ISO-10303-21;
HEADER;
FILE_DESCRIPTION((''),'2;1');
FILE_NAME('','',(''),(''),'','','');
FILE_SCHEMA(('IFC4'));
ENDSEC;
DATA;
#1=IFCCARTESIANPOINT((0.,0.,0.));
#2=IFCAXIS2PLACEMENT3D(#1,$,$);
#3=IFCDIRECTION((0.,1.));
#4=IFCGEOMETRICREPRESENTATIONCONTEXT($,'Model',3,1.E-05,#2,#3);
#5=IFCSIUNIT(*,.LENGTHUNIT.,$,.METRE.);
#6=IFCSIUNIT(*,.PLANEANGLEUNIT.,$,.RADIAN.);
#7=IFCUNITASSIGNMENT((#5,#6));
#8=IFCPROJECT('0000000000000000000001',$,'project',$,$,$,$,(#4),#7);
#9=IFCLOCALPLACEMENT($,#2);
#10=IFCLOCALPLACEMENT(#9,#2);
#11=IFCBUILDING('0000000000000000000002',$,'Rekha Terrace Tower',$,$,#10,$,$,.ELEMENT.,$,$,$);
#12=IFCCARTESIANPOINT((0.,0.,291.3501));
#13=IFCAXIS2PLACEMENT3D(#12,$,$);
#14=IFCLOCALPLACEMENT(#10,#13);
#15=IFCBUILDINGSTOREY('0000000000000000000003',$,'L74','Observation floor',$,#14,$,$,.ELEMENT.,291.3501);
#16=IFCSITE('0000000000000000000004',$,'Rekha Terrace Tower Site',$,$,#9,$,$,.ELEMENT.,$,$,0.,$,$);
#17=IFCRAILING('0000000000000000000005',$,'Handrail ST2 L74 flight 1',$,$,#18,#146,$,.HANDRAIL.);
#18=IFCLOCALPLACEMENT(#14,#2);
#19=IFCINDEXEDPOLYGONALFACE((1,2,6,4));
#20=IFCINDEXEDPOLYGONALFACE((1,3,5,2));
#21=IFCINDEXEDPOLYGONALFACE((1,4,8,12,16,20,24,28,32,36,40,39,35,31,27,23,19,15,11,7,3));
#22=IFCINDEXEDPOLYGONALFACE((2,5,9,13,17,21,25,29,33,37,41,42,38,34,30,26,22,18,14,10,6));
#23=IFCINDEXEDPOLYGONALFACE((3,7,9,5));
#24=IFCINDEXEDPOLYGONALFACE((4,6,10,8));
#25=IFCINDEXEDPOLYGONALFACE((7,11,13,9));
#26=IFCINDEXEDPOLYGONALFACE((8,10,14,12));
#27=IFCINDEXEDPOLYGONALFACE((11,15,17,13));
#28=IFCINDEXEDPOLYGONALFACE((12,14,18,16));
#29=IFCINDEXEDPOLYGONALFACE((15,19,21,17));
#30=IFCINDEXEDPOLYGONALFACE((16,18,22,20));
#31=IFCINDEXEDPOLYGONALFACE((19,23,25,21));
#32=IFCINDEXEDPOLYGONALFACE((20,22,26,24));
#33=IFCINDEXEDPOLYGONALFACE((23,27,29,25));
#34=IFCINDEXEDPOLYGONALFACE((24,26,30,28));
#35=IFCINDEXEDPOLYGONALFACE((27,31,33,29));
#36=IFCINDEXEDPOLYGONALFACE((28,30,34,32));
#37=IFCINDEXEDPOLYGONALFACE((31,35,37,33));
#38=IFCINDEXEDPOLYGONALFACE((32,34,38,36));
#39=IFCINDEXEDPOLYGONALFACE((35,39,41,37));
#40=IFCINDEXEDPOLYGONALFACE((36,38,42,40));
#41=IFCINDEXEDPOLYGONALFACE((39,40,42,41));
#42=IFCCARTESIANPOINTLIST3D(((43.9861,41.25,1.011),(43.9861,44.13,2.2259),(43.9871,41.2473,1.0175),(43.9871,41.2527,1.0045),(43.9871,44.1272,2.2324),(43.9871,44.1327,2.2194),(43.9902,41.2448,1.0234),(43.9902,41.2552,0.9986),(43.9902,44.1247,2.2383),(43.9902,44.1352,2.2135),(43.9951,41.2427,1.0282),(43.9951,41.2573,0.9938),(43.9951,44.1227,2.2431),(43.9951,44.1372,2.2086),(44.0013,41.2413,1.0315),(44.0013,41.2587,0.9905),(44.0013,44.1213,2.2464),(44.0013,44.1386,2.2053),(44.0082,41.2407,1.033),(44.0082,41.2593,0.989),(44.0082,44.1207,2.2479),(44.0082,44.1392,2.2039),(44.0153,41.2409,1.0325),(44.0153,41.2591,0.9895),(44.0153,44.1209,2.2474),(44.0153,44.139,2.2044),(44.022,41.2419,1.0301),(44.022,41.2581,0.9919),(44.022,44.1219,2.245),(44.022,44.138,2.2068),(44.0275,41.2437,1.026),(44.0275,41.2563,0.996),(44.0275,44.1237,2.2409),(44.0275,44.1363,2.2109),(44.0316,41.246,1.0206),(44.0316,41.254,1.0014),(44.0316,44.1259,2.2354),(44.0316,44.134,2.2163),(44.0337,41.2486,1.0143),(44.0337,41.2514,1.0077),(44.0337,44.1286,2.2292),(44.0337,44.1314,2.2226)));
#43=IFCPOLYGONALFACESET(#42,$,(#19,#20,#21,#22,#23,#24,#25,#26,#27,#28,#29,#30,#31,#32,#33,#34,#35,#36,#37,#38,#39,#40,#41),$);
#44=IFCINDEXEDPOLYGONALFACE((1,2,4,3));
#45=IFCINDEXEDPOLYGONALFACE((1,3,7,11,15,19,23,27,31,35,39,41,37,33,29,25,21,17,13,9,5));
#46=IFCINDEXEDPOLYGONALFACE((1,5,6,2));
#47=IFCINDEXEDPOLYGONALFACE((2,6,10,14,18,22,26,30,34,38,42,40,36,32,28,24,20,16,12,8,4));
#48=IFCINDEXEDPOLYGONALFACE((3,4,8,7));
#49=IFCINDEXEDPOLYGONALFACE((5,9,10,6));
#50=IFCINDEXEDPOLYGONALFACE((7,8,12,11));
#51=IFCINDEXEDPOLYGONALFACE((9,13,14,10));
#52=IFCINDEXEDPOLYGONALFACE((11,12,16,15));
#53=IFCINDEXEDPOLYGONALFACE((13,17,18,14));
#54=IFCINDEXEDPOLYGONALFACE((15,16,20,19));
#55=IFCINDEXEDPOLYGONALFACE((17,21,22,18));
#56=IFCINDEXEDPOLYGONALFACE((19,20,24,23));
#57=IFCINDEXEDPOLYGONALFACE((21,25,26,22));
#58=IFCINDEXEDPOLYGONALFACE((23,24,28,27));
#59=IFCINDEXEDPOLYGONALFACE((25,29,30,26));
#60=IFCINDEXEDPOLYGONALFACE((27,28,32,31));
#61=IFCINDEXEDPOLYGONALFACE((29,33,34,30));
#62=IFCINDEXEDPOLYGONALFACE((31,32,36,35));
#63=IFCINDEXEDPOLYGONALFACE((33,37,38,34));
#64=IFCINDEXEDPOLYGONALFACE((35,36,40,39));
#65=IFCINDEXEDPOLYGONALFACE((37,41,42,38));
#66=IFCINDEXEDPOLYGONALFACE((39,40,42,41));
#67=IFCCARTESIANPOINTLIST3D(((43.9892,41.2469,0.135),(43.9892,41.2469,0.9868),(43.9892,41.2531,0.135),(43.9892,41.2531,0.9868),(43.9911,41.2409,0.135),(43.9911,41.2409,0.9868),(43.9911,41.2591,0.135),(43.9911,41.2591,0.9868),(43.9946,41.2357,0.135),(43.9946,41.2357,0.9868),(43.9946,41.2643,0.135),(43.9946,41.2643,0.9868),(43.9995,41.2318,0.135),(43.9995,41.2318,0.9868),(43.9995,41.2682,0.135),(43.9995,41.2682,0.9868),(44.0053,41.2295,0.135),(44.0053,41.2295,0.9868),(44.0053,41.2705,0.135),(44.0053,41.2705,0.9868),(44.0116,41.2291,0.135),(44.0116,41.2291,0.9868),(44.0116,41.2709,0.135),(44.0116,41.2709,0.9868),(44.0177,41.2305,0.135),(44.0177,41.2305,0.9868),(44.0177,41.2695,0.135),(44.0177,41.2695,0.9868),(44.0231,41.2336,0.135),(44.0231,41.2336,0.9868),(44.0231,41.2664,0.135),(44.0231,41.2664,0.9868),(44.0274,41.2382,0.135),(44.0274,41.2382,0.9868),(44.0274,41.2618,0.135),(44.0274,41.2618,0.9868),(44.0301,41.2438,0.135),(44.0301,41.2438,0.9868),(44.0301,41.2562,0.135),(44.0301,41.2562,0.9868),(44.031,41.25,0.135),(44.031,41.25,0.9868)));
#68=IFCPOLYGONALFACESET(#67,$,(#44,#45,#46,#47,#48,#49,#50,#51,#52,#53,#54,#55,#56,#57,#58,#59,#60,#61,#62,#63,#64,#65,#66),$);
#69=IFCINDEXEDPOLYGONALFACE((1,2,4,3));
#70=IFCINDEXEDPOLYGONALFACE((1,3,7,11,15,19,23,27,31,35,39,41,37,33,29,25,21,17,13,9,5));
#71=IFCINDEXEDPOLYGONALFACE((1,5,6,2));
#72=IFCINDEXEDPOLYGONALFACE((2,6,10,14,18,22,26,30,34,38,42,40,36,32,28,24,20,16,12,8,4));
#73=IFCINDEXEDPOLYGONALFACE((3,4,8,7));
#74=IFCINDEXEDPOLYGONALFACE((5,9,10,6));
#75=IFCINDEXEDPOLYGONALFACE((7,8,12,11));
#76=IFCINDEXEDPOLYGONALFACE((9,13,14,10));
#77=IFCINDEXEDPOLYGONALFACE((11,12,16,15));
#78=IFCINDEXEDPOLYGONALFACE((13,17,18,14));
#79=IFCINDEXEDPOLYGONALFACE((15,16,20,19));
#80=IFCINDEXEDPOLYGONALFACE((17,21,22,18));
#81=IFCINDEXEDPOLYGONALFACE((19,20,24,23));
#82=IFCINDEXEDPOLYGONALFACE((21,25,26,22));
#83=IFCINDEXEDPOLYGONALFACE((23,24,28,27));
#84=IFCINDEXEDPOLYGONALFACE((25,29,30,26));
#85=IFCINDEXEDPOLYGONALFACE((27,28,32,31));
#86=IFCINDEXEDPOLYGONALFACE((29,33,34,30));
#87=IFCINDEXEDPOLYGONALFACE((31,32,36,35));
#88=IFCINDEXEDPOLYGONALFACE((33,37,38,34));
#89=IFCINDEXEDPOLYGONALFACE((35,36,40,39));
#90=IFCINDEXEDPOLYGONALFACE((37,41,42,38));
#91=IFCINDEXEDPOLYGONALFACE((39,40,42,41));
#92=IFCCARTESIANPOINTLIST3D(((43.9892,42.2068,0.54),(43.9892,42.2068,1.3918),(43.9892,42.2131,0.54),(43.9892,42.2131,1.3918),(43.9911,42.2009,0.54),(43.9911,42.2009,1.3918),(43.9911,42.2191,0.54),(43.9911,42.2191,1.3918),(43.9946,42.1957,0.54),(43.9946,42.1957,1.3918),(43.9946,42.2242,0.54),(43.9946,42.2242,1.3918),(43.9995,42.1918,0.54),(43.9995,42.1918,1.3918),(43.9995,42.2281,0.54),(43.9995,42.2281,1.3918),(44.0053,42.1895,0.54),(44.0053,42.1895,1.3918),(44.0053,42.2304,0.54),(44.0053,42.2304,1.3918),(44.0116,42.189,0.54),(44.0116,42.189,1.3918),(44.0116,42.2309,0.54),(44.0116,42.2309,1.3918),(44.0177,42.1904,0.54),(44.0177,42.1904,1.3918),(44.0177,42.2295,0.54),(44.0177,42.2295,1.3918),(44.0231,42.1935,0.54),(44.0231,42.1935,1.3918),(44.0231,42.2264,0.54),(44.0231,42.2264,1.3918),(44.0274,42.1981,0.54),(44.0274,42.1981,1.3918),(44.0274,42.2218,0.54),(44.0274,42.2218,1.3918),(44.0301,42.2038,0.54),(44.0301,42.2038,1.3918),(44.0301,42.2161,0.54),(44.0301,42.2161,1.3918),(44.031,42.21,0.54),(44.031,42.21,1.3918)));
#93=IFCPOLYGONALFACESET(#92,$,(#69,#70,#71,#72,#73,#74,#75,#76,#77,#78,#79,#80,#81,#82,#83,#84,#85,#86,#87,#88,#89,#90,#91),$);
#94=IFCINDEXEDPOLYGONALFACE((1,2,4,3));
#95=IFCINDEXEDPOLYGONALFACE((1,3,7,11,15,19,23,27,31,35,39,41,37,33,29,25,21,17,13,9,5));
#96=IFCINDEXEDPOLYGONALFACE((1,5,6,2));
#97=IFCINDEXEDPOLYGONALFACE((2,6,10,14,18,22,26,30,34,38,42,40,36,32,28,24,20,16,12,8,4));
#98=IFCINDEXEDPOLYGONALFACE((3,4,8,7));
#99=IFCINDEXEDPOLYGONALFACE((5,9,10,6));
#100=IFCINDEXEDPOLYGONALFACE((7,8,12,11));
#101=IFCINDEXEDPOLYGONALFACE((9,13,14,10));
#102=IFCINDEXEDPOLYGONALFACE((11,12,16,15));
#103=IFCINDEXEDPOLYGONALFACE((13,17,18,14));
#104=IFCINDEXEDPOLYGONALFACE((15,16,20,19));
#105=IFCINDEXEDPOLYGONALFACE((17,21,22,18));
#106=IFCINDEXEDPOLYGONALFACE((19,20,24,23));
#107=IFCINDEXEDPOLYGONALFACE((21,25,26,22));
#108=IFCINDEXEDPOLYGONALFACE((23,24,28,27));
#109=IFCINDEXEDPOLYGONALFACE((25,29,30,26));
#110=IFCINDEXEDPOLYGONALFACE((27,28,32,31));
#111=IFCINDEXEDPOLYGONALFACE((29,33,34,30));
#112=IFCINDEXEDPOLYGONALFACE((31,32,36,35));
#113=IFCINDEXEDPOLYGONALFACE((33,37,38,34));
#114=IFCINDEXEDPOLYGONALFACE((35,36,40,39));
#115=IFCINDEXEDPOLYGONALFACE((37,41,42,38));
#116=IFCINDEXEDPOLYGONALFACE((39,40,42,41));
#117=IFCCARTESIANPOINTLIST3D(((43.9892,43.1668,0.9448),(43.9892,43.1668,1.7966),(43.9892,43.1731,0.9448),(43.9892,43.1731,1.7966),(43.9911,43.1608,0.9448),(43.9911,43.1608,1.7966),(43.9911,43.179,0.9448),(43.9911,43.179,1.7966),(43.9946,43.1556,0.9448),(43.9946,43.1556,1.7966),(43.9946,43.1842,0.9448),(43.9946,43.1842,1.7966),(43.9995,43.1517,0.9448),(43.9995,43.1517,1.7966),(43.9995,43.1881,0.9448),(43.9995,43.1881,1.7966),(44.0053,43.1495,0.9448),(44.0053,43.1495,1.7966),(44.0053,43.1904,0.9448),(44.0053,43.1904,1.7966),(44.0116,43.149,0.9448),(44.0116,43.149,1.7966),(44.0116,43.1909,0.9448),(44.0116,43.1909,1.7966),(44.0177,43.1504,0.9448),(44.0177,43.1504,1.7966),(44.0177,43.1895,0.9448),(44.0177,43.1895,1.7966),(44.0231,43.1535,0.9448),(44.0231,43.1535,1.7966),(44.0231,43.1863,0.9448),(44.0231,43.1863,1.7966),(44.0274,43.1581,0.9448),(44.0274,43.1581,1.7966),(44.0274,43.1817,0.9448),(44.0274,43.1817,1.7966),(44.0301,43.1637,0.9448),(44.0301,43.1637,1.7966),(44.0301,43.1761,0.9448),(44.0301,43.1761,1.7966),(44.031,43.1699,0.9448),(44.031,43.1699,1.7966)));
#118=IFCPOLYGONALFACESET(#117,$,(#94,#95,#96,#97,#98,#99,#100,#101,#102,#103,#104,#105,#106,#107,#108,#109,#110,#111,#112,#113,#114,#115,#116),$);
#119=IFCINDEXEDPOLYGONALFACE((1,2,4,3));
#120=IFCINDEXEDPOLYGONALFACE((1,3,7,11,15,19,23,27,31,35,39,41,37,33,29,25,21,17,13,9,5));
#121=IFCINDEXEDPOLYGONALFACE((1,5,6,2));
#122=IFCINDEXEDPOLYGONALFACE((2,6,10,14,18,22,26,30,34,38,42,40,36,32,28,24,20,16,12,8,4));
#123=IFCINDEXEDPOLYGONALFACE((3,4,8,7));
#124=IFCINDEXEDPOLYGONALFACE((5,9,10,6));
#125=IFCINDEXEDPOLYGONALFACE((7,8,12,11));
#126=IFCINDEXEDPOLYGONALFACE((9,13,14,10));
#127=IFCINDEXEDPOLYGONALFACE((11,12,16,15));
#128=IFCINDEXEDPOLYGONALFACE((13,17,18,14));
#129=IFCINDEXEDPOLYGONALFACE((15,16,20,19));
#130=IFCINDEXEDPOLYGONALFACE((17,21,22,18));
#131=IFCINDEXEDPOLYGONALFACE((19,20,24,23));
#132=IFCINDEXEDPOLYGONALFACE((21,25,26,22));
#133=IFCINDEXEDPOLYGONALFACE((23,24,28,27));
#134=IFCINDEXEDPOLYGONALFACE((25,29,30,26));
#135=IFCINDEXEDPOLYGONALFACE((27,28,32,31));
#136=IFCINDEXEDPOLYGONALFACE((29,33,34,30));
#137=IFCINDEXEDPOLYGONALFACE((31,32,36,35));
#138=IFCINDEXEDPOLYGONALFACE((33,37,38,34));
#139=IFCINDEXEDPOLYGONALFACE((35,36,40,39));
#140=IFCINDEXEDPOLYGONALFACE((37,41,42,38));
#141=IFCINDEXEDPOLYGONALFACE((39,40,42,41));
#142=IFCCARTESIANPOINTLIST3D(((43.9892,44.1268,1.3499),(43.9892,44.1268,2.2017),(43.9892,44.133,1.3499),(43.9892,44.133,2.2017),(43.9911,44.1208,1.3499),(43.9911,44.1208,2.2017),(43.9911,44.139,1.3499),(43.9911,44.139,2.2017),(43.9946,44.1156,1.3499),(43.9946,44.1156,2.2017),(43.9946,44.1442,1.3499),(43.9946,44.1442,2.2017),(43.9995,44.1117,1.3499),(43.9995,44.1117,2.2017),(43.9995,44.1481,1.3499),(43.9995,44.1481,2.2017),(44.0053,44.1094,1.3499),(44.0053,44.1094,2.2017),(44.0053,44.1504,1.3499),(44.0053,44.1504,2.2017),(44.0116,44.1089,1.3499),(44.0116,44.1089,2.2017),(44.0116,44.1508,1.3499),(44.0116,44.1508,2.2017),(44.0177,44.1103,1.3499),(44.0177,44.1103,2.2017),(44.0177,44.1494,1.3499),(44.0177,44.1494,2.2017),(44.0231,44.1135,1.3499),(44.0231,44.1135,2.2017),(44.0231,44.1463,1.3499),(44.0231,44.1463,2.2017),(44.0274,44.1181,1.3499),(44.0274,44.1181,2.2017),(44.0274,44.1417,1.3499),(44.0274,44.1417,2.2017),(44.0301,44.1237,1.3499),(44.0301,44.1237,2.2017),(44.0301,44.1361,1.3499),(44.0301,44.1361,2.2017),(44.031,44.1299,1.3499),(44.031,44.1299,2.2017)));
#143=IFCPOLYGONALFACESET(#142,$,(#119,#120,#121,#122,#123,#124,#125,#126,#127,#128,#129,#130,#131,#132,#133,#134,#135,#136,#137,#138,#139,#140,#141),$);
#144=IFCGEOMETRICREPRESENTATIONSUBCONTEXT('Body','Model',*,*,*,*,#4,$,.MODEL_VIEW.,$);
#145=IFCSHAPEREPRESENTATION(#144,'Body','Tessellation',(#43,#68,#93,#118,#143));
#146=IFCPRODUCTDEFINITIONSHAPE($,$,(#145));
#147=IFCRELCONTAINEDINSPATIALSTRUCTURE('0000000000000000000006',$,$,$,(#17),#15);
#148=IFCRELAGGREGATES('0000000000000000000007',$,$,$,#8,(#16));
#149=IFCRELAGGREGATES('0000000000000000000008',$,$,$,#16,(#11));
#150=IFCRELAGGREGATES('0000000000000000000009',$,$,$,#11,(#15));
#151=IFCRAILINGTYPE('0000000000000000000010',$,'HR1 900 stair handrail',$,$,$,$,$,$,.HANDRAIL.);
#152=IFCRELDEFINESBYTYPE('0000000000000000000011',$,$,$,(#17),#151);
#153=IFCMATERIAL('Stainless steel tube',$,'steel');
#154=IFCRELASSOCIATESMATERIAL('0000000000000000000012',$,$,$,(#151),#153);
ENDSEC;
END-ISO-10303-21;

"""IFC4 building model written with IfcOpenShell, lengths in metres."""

from ifc_helpers import new_model, si_unit, direction, frame, origin, origin_2d, place, context, subcontext, project, spatial, circle, extrude, material, type_object, element, save


model = new_model("IFC4")

# Units and contexts
model_context = context("Model", 3, precision=1e-05, world=origin(), true_north=direction((0.0, 1.0)))
body_context = subcontext(model_context, "Body", "Model", "MODEL_VIEW")
ifc_project = project(units=[si_unit("LENGTHUNIT", "METRE"), si_unit("PLANEANGLEUNIT", "RADIAN")], contexts=[model_context])

# Site, building, storey
site_placement = place(None, origin())
site = spatial("IfcSite", under=ifc_project, at=site_placement, Name="Rekha Terrace Tower Site", CompositionType="ELEMENT", RefElevation=0.0)
building_placement = place(site_placement, origin())
building = spatial("IfcBuilding", under=site, at=building_placement, Name="Rekha Terrace Tower", CompositionType="ELEMENT")
storey_placement = place(building_placement, frame((0.0, 0.0, 291.3501)))
storey = spatial("IfcBuildingStorey", under=building, at=storey_placement, Name="L74", Description="Observation floor", CompositionType="ELEMENT", Elevation=291.3501)

# Railing
ifc_material_1 = material(Name="Stainless steel tube", Category="steel")
railing_type_1 = type_object("IfcRailingType", Name="HR1 900 stair handrail", PredefinedType="HANDRAIL", material=ifc_material_1)
railing_1_placement = place(storey_placement, frame((44.01, 41.25, 0.135)))
element("IfcRailing", 1, at=railing_1_placement, inside=storey, type_object=railing_type_1, Name="Handrail ST2 L74 flight 1", PredefinedType="HANDRAIL", context=body_context, shape_type="SweptSolid", body=[
    extrude(circle(Radius=0.0239, at=origin_2d()), frame((0.0, 0.0, 0.876), z_axis=(0.0, 0.921376, 0.388671), x_axis=(-1.0, 0.0, 0.0)), (0.0, 0.0, 1.0), 3.1257),
    extrude(circle(Radius=0.021, at=origin_2d()), origin(), (0.0, 0.0, 1.0), 0.8518),
    extrude(circle(Radius=0.021, at=origin_2d()), frame((0.0, 0.96, 0.405)), (0.0, 0.0, 1.0), 0.8518),
    extrude(circle(Radius=0.021, at=origin_2d()), frame((0.0, 1.9199, 0.8098)), (0.0, 0.0, 1.0), 0.8518),
    extrude(circle(Radius=0.021, at=origin_2d()), frame((0.0, 2.8799, 1.2148)), (0.0, 0.0, 1.0), 0.8518),
])

save(model, "model.ifc")
